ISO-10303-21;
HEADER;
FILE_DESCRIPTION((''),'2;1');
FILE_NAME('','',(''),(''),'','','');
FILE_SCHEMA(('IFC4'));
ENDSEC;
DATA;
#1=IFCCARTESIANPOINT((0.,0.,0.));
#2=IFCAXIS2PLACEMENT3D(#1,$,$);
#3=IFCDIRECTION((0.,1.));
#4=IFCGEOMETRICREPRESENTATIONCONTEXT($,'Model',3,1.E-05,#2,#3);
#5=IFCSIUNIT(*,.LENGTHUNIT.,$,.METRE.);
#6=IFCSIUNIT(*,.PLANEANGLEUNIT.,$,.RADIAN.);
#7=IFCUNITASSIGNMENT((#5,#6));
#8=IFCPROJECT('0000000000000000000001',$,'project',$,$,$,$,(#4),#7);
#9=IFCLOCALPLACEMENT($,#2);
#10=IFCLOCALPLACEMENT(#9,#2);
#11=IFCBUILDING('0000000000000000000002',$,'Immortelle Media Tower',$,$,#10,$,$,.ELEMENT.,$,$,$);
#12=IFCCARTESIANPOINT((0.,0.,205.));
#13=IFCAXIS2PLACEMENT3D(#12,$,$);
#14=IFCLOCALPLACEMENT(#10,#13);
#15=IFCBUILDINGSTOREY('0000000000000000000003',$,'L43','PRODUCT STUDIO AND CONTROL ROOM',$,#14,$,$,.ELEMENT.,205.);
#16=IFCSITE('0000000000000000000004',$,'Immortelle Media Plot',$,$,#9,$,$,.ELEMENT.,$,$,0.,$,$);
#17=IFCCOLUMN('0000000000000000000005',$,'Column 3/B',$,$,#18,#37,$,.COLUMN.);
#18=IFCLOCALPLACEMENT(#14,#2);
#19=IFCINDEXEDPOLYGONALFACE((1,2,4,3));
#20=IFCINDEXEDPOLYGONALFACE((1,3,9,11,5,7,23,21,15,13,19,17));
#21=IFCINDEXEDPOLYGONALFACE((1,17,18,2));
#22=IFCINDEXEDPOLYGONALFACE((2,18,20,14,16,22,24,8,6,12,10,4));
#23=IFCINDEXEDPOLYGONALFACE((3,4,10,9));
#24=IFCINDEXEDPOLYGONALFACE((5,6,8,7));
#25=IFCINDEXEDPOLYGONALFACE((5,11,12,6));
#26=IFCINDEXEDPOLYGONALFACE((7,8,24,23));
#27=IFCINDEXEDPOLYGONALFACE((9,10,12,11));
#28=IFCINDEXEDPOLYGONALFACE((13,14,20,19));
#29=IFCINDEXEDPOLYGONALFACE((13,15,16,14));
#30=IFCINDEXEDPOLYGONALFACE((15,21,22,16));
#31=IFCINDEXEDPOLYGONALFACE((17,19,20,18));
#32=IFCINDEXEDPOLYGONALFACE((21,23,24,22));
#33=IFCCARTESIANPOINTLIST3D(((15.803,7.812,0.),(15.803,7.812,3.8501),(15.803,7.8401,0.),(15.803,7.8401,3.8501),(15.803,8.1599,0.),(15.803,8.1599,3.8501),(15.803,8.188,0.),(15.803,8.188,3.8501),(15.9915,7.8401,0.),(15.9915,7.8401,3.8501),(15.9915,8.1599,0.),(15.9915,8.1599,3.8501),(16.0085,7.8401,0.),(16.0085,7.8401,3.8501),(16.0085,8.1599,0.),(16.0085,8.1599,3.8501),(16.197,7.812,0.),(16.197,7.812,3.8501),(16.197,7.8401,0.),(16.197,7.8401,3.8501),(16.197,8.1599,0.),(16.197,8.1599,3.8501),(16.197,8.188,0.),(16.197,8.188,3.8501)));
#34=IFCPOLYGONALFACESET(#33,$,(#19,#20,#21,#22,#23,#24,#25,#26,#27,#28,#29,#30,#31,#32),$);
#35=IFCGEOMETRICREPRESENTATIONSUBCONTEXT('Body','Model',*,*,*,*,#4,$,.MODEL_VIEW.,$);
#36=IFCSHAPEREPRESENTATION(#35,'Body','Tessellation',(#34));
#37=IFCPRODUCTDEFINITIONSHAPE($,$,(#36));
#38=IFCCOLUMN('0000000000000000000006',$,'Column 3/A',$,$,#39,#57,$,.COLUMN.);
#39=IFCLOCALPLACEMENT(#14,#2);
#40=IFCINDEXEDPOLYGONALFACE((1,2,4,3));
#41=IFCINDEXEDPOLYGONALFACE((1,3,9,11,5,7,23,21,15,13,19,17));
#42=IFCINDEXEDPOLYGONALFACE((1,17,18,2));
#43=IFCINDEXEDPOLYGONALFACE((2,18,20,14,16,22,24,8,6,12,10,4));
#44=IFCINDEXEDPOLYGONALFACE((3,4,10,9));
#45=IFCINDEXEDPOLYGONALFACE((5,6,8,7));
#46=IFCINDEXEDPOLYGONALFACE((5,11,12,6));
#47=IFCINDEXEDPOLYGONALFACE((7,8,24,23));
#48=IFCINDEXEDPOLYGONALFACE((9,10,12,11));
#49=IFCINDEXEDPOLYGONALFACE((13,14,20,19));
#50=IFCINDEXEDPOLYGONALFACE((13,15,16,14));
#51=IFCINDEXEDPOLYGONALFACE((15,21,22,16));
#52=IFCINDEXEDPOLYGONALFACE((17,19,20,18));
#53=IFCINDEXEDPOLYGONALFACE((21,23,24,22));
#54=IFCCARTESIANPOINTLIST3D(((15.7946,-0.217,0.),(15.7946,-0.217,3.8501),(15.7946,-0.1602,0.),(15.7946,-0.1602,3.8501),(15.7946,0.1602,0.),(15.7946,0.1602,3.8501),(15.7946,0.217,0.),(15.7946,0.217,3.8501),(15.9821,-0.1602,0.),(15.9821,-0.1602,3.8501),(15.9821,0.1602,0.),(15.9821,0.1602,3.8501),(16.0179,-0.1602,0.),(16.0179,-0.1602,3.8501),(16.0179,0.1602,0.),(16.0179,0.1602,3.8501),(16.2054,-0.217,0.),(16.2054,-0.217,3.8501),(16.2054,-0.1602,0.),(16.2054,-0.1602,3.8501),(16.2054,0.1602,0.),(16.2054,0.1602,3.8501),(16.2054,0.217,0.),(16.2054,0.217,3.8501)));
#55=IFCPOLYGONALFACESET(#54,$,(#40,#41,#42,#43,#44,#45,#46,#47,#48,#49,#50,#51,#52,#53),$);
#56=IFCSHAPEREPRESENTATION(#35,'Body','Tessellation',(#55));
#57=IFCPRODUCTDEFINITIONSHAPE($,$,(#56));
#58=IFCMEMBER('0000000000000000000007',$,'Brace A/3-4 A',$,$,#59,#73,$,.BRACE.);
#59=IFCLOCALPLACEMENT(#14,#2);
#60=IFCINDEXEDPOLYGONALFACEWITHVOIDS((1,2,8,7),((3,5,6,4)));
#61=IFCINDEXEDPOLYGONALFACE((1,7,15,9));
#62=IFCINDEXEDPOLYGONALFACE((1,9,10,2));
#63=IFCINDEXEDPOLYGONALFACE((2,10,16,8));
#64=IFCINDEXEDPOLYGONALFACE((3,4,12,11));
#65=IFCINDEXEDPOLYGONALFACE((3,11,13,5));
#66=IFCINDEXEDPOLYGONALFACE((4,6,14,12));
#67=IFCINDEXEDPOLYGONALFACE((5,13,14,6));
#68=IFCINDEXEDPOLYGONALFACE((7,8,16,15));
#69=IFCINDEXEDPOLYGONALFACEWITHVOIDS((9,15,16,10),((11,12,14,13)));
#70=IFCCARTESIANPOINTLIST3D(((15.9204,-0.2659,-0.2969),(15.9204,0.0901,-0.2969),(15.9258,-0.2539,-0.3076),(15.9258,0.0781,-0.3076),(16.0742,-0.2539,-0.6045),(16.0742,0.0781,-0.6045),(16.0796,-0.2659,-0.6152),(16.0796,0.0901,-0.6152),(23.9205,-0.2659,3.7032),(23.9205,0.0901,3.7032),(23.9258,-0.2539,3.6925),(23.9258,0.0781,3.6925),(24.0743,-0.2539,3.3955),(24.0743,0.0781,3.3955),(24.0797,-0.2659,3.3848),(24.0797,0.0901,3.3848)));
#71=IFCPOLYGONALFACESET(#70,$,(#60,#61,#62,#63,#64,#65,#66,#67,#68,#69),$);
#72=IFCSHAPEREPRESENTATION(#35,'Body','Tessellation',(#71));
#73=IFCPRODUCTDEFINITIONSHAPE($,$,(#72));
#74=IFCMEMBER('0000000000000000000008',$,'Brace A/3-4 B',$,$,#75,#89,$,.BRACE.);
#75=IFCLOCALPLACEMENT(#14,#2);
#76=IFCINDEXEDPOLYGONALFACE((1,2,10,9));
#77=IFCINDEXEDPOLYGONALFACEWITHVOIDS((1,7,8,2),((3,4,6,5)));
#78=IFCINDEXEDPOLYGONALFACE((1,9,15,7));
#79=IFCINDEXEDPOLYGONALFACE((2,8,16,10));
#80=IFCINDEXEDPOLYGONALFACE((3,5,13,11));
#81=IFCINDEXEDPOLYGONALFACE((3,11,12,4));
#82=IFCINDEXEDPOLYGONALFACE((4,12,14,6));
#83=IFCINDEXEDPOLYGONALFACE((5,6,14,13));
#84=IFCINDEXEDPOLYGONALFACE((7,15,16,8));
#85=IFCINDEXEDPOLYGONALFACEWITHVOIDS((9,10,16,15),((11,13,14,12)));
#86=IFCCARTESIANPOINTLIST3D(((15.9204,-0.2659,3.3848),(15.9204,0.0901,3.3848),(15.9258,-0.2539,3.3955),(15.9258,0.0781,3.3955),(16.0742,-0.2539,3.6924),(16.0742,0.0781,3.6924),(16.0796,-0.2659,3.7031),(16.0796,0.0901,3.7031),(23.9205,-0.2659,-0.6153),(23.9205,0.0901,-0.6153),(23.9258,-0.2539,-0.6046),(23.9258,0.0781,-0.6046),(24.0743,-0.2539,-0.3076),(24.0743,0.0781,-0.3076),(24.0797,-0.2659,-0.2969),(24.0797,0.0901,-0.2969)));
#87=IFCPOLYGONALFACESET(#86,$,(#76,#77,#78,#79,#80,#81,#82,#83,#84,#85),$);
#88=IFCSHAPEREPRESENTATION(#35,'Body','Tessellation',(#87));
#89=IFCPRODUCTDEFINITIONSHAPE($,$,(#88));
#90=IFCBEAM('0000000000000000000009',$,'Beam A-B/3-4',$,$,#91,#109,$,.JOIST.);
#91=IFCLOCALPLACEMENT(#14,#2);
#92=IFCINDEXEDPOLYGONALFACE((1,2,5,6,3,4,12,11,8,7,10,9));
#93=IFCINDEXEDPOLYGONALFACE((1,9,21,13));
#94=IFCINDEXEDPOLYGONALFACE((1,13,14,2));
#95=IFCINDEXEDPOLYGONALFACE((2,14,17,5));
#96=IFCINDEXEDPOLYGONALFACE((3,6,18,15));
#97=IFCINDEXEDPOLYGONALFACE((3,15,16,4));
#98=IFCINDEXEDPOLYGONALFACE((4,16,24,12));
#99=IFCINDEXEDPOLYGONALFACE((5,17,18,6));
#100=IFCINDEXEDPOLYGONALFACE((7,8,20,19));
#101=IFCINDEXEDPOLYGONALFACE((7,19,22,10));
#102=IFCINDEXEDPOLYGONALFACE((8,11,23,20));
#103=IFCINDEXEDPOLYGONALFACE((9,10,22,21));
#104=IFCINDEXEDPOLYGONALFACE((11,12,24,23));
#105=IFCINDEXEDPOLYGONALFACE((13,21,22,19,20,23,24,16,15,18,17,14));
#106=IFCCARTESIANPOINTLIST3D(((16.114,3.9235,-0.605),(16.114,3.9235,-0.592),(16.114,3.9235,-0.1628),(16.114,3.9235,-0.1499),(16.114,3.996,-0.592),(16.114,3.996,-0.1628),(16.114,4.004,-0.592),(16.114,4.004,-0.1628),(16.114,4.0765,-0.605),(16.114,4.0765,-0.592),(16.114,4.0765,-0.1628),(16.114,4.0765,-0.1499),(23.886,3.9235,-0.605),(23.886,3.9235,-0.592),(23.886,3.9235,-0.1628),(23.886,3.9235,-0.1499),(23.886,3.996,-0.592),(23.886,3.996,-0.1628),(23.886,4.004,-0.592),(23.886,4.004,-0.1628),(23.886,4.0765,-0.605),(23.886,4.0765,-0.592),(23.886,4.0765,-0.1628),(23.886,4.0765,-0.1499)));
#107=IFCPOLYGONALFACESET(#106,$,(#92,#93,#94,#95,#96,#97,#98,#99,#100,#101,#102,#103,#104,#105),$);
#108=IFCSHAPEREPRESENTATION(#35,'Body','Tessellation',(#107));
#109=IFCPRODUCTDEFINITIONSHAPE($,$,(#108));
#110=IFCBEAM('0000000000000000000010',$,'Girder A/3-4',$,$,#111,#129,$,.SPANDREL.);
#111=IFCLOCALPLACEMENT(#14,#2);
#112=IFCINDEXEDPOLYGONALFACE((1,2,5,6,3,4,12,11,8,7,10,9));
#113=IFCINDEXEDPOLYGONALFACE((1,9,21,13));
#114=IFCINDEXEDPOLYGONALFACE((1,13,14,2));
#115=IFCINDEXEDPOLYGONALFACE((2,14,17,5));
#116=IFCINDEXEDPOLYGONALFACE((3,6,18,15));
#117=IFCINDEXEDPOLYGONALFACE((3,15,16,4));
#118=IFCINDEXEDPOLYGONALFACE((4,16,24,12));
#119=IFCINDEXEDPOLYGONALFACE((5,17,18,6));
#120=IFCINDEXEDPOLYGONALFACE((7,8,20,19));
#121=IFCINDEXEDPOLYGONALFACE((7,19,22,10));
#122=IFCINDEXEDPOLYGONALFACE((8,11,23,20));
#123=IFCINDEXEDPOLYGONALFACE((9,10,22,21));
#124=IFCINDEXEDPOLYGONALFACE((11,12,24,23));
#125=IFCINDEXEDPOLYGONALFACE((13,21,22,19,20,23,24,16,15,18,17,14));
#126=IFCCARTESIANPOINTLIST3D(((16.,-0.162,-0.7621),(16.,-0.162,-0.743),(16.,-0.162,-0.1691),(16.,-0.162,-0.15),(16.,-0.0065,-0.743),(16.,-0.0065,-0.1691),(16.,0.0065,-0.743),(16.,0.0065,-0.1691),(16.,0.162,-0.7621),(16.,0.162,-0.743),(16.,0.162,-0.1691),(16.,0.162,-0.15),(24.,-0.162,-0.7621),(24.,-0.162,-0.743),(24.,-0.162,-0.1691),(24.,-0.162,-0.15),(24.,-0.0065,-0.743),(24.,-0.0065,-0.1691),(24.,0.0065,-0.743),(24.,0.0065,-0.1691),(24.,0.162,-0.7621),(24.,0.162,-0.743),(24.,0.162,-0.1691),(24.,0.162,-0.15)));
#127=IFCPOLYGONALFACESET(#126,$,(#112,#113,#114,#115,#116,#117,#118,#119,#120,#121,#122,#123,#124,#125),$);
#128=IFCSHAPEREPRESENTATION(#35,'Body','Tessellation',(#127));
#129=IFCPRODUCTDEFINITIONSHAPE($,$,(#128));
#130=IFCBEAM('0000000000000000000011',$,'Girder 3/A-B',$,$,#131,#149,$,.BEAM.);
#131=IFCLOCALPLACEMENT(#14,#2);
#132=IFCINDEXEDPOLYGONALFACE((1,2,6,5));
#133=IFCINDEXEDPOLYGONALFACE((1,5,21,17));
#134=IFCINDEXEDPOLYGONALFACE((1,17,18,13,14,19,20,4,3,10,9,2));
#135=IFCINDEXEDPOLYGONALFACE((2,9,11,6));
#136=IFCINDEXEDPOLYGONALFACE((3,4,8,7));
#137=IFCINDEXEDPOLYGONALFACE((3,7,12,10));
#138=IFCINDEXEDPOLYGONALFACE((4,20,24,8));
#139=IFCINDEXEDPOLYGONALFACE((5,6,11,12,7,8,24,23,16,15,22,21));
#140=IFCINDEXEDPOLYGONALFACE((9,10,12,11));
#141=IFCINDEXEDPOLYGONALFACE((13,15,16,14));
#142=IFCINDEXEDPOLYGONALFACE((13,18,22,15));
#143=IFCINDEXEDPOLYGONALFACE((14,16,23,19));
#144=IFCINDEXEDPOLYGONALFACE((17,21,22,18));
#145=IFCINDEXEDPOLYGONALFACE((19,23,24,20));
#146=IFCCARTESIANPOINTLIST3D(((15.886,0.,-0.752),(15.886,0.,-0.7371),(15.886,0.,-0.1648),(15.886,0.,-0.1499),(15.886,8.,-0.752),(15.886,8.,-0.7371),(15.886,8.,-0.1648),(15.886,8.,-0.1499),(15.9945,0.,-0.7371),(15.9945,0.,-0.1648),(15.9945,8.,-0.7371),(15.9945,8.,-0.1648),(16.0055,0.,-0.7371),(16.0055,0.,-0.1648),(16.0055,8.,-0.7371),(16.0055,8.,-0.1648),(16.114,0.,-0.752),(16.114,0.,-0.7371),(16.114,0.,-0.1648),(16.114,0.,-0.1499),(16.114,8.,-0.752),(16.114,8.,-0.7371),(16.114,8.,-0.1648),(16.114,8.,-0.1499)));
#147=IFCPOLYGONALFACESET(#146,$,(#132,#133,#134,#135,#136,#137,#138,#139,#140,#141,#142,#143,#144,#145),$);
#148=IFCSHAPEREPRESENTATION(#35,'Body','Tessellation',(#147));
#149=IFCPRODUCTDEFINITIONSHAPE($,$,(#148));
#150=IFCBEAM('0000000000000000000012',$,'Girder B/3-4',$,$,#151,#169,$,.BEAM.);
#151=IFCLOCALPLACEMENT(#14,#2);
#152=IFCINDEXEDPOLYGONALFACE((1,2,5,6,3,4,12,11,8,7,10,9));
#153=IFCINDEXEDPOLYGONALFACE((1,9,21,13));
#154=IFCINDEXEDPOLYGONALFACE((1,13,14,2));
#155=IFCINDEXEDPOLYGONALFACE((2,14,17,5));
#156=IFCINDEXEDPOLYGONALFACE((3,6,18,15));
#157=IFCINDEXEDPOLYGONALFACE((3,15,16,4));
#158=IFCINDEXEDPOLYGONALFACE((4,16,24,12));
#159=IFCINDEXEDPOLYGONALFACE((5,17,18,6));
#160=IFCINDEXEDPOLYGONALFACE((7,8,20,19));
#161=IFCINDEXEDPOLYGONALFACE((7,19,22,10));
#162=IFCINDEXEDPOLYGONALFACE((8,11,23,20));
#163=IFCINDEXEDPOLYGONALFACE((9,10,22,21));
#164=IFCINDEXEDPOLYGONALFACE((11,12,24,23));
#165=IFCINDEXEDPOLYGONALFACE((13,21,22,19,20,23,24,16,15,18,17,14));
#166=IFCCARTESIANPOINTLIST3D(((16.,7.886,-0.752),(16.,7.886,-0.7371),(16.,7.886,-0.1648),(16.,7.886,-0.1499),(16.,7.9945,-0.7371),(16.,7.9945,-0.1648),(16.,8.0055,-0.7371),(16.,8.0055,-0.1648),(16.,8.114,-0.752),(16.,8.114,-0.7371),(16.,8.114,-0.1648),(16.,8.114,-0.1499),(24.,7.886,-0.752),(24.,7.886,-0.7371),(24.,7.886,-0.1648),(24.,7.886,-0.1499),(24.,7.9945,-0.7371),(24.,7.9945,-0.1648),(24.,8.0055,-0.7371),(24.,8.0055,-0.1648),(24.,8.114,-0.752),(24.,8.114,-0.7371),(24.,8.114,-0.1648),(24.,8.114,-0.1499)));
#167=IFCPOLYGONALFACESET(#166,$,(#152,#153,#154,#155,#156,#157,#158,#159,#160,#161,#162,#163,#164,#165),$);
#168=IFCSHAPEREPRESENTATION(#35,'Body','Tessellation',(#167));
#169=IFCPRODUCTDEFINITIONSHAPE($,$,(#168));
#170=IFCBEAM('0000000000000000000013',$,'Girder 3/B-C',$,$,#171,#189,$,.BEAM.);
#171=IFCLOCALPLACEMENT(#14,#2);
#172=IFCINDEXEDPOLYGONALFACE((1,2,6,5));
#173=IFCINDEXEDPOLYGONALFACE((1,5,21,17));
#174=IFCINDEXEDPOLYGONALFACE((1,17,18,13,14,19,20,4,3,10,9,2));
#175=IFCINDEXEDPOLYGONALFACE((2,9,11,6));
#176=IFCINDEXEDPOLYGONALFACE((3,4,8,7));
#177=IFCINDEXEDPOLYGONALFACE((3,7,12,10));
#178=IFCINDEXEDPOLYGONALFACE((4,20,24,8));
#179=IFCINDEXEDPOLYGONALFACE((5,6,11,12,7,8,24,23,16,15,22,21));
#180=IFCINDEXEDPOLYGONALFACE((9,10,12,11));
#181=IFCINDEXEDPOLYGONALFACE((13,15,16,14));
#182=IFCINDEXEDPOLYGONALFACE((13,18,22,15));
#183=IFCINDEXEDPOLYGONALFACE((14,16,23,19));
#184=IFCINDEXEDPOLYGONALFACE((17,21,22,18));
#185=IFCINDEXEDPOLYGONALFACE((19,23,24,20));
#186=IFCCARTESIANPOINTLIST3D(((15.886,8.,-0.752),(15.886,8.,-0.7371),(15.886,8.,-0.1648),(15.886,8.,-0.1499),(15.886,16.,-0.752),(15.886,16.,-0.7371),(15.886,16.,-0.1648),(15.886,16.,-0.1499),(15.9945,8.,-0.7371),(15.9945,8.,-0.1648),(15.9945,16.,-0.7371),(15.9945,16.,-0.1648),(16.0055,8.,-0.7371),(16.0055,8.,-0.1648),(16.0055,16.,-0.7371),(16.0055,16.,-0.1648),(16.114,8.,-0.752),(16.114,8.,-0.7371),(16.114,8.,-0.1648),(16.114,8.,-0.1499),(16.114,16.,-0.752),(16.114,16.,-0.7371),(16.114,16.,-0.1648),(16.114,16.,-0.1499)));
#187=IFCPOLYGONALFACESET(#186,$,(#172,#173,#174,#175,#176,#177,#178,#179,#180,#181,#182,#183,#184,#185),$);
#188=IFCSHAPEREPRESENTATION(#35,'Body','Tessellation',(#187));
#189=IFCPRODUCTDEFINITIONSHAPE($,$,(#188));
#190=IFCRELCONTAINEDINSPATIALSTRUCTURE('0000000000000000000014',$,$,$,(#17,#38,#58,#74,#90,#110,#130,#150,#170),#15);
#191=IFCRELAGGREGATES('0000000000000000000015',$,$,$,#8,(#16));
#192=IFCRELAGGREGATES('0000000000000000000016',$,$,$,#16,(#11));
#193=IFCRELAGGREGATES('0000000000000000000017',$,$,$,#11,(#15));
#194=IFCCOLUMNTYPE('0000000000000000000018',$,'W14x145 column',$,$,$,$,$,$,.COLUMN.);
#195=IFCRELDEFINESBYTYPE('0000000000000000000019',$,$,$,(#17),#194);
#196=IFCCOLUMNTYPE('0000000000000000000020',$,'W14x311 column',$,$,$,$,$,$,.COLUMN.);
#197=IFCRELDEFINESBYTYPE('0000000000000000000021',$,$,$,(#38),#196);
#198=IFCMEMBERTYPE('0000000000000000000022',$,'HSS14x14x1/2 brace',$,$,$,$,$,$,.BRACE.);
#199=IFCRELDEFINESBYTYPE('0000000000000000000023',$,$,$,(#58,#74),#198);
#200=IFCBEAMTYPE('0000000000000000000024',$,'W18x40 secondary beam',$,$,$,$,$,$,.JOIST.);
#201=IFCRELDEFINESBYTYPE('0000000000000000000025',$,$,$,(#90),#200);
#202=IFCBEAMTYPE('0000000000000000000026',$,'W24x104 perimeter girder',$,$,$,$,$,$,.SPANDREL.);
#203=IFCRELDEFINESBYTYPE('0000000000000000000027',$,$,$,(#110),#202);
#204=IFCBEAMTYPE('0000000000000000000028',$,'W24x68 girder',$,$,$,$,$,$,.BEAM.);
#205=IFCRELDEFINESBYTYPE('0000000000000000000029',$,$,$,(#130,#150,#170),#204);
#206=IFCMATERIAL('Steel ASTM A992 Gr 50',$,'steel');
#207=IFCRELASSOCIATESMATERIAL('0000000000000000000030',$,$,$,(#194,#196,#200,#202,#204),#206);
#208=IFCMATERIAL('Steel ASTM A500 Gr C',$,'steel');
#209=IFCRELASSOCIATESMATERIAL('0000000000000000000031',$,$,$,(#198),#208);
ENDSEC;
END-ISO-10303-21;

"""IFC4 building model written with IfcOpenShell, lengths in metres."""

from ifc_helpers import new_model, si_unit, direction, frame, origin, origin_2d, place, context, subcontext, project, spatial, hollow_rectangle, i_section, extrude, material, material_profile, profile_set, type_object, element, save


model = new_model("IFC4")

# Units and contexts
model_context = context("Model", 3, precision=1e-05, world=origin(), true_north=direction((0.0, 1.0)))
body_context = subcontext(model_context, "Body", "Model", "MODEL_VIEW")
ifc_project = project(units=[si_unit("LENGTHUNIT", "METRE"), si_unit("PLANEANGLEUNIT", "RADIAN")], contexts=[model_context])

# Site, building, storey
site_placement = place(None, origin())
site = spatial("IfcSite", under=ifc_project, at=site_placement, Name="Immortelle Media Plot", CompositionType="ELEMENT", RefElevation=0.0)
building_placement = place(site_placement, origin())
building = spatial("IfcBuilding", under=site, at=building_placement, Name="Immortelle Media Tower", CompositionType="ELEMENT")
storey_placement = place(building_placement, frame((0.0, 0.0, 205.0)))
storey = spatial("IfcBuildingStorey", under=building, at=storey_placement, Name="L43", Description="PRODUCT STUDIO AND CONTROL ROOM", CompositionType="ELEMENT", Elevation=205.0)

# Columns
ifc_material_1 = material(Name="Steel ASTM A992 Gr 50", Category="steel")
ifc_material_profile_1 = material_profile(ifc_material_1, i_section(OverallWidth=0.394, OverallDepth=0.376, WebThickness=0.0171, FlangeThickness=0.0281, at=origin_2d()), Name="W14x145")
ifc_profile_set_1 = profile_set([ifc_material_profile_1], Name="Steel ASTM A992 Gr 50")
column_type_1 = type_object("IfcColumnType", Name="W14x145 column", PredefinedType="COLUMN", material=ifc_profile_set_1)
column_1_placement = place(storey_placement, frame((16.0, 8.0, 0.0), z_axis=(0.0, 0.0, 1.0), x_axis=(1.0, 0.0, 0.0)))
element("IfcColumn", 1, at=column_1_placement, inside=storey, type_object=column_type_1, Name="Column 3/B", PredefinedType="COLUMN", context=body_context, shape_type="SweptSolid", body=[
    extrude(i_section(OverallWidth=0.394, OverallDepth=0.376, WebThickness=0.0171, FlangeThickness=0.0281, at=origin_2d()), origin(), (0.0, 0.0, 1.0), 3.8501),
])
ifc_material_profile_2 = material_profile(ifc_material_1, i_section(OverallWidth=0.4109, OverallDepth=0.4341, WebThickness=0.0359, FlangeThickness=0.0569, at=origin_2d()), Name="W14x311")
ifc_profile_set_2 = profile_set([ifc_material_profile_2], Name="Steel ASTM A992 Gr 50")
column_type_2 = type_object("IfcColumnType", Name="W14x311 column", PredefinedType="COLUMN", material=ifc_profile_set_2)
column_2_placement = place(storey_placement, frame((16.0, 0.0, 0.0), z_axis=(0.0, 0.0, 1.0), x_axis=(1.0, 0.0, 0.0)))
element("IfcColumn", 2, at=column_2_placement, inside=storey, type_object=column_type_2, Name="Column 3/A", PredefinedType="COLUMN", context=body_context, shape_type="SweptSolid", body=[
    extrude(i_section(OverallWidth=0.4109, OverallDepth=0.4341, WebThickness=0.0359, FlangeThickness=0.0569, at=origin_2d()), origin(), (0.0, 0.0, 1.0), 3.8501),
])

# Members
ifc_material_2 = material(Name="Steel ASTM A500 Gr C", Category="steel")
ifc_material_profile_3 = material_profile(ifc_material_2, hollow_rectangle(XDim=0.356, YDim=0.356, WallThickness=0.012, at=origin_2d()), Name="HSS14x14x1/2 brace")
ifc_profile_set_3 = profile_set([ifc_material_profile_3], Name="Steel ASTM A500 Gr C")
member_type = type_object("IfcMemberType", Name="HSS14x14x1/2 brace", PredefinedType="BRACE", material=ifc_profile_set_3)
for number, where, z_axis, x_axis, name in (
    (3, (16.0, -0.0879, -0.4561), (0.894427, 0.0, 0.447214), (0.0, 1.0, 0.0), "Brace A/3-4 A"),
    (4, (16.0, -0.0879, 3.5439), (0.894427, 0.0, -0.447214), (0.0, 1.0, 0.0), "Brace A/3-4 B"),
):
    element("IfcMember", number, at=place(storey_placement, frame(where, z_axis=z_axis, x_axis=x_axis)), inside=storey, type_object=member_type, Name=name, PredefinedType="BRACE", context=body_context, shape_type="SweptSolid", body=[
        extrude(hollow_rectangle(XDim=0.356, YDim=0.356, WallThickness=0.012, at=origin_2d()), origin(), (0.0, 0.0, 1.0), 8.9443),
    ])

# Beams
ifc_material_profile_4 = material_profile(ifc_material_1, i_section(OverallWidth=0.1531, OverallDepth=0.4551, WebThickness=0.0081, FlangeThickness=0.0129, at=origin_2d()), Name="W18x40")
ifc_profile_set_4 = profile_set([ifc_material_profile_4], Name="Steel ASTM A992 Gr 50")
beam_type_1 = type_object("IfcBeamType", Name="W18x40 secondary beam", PredefinedType="JOIST", material=ifc_profile_set_4)
beam_1_placement = place(storey_placement, frame((16.114, 4.0, -0.3774), z_axis=(1.0, 0.0, 0.0), x_axis=(0.0, 1.0, 0.0)))
element("IfcBeam", 5, at=beam_1_placement, inside=storey, type_object=beam_type_1, Name="Beam A-B/3-4", PredefinedType="JOIST", context=body_context, shape_type="SweptSolid", body=[
    extrude(i_section(OverallWidth=0.1531, OverallDepth=0.4551, WebThickness=0.0081, FlangeThickness=0.0129, at=origin_2d()), origin(), (0.0, 0.0, 1.0), 7.772),
])
ifc_material_profile_5 = material_profile(ifc_material_1, i_section(OverallWidth=0.324, OverallDepth=0.6121, WebThickness=0.0129, FlangeThickness=0.019, at=origin_2d()), Name="W24x104")
ifc_profile_set_5 = profile_set([ifc_material_profile_5], Name="Steel ASTM A992 Gr 50")
beam_type_2 = type_object("IfcBeamType", Name="W24x104 perimeter girder", PredefinedType="SPANDREL", material=ifc_profile_set_5)
beam_2_placement = place(storey_placement, frame((16.0, 0.0, -0.4561), z_axis=(1.0, 0.0, 0.0), x_axis=(0.0, 1.0, 0.0)))
element("IfcBeam", 6, at=beam_2_placement, inside=storey, type_object=beam_type_2, Name="Girder A/3-4", PredefinedType="SPANDREL", context=body_context, shape_type="SweptSolid", body=[
    extrude(i_section(OverallWidth=0.324, OverallDepth=0.6121, WebThickness=0.0129, FlangeThickness=0.019, at=origin_2d()), origin(), (0.0, 0.0, 1.0), 8.0),
])
ifc_material_profile_6 = material_profile(ifc_material_1, i_section(OverallWidth=0.228, OverallDepth=0.6021, WebThickness=0.011, FlangeThickness=0.0149, at=origin_2d()), Name="W24x68")
ifc_profile_set_6 = profile_set([ifc_material_profile_6], Name="Steel ASTM A992 Gr 50")
beam_type_3 = type_object("IfcBeamType", Name="W24x68 girder", PredefinedType="BEAM", material=ifc_profile_set_6)
for number, where, z_axis, x_axis, name in (
    (7, (16.0, 0.0, -0.4509), (0.0, 1.0, 0.0), (-1.0, 0.0, 0.0), "Girder 3/A-B"),
    (8, (16.0, 8.0, -0.4509), (1.0, 0.0, 0.0), (0.0, 1.0, 0.0), "Girder B/3-4"),
    (9, (16.0, 8.0, -0.4509), (0.0, 1.0, 0.0), (-1.0, 0.0, 0.0), "Girder 3/B-C"),
):
    element("IfcBeam", number, at=place(storey_placement, frame(where, z_axis=z_axis, x_axis=x_axis)), inside=storey, type_object=beam_type_3, Name=name, PredefinedType="BEAM", context=body_context, shape_type="SweptSolid", body=[
        extrude(i_section(OverallWidth=0.228, OverallDepth=0.6021, WebThickness=0.011, FlangeThickness=0.0149, at=origin_2d()), origin(), (0.0, 0.0, 1.0), 8.0),
    ])

save(model, "model.ifc")
